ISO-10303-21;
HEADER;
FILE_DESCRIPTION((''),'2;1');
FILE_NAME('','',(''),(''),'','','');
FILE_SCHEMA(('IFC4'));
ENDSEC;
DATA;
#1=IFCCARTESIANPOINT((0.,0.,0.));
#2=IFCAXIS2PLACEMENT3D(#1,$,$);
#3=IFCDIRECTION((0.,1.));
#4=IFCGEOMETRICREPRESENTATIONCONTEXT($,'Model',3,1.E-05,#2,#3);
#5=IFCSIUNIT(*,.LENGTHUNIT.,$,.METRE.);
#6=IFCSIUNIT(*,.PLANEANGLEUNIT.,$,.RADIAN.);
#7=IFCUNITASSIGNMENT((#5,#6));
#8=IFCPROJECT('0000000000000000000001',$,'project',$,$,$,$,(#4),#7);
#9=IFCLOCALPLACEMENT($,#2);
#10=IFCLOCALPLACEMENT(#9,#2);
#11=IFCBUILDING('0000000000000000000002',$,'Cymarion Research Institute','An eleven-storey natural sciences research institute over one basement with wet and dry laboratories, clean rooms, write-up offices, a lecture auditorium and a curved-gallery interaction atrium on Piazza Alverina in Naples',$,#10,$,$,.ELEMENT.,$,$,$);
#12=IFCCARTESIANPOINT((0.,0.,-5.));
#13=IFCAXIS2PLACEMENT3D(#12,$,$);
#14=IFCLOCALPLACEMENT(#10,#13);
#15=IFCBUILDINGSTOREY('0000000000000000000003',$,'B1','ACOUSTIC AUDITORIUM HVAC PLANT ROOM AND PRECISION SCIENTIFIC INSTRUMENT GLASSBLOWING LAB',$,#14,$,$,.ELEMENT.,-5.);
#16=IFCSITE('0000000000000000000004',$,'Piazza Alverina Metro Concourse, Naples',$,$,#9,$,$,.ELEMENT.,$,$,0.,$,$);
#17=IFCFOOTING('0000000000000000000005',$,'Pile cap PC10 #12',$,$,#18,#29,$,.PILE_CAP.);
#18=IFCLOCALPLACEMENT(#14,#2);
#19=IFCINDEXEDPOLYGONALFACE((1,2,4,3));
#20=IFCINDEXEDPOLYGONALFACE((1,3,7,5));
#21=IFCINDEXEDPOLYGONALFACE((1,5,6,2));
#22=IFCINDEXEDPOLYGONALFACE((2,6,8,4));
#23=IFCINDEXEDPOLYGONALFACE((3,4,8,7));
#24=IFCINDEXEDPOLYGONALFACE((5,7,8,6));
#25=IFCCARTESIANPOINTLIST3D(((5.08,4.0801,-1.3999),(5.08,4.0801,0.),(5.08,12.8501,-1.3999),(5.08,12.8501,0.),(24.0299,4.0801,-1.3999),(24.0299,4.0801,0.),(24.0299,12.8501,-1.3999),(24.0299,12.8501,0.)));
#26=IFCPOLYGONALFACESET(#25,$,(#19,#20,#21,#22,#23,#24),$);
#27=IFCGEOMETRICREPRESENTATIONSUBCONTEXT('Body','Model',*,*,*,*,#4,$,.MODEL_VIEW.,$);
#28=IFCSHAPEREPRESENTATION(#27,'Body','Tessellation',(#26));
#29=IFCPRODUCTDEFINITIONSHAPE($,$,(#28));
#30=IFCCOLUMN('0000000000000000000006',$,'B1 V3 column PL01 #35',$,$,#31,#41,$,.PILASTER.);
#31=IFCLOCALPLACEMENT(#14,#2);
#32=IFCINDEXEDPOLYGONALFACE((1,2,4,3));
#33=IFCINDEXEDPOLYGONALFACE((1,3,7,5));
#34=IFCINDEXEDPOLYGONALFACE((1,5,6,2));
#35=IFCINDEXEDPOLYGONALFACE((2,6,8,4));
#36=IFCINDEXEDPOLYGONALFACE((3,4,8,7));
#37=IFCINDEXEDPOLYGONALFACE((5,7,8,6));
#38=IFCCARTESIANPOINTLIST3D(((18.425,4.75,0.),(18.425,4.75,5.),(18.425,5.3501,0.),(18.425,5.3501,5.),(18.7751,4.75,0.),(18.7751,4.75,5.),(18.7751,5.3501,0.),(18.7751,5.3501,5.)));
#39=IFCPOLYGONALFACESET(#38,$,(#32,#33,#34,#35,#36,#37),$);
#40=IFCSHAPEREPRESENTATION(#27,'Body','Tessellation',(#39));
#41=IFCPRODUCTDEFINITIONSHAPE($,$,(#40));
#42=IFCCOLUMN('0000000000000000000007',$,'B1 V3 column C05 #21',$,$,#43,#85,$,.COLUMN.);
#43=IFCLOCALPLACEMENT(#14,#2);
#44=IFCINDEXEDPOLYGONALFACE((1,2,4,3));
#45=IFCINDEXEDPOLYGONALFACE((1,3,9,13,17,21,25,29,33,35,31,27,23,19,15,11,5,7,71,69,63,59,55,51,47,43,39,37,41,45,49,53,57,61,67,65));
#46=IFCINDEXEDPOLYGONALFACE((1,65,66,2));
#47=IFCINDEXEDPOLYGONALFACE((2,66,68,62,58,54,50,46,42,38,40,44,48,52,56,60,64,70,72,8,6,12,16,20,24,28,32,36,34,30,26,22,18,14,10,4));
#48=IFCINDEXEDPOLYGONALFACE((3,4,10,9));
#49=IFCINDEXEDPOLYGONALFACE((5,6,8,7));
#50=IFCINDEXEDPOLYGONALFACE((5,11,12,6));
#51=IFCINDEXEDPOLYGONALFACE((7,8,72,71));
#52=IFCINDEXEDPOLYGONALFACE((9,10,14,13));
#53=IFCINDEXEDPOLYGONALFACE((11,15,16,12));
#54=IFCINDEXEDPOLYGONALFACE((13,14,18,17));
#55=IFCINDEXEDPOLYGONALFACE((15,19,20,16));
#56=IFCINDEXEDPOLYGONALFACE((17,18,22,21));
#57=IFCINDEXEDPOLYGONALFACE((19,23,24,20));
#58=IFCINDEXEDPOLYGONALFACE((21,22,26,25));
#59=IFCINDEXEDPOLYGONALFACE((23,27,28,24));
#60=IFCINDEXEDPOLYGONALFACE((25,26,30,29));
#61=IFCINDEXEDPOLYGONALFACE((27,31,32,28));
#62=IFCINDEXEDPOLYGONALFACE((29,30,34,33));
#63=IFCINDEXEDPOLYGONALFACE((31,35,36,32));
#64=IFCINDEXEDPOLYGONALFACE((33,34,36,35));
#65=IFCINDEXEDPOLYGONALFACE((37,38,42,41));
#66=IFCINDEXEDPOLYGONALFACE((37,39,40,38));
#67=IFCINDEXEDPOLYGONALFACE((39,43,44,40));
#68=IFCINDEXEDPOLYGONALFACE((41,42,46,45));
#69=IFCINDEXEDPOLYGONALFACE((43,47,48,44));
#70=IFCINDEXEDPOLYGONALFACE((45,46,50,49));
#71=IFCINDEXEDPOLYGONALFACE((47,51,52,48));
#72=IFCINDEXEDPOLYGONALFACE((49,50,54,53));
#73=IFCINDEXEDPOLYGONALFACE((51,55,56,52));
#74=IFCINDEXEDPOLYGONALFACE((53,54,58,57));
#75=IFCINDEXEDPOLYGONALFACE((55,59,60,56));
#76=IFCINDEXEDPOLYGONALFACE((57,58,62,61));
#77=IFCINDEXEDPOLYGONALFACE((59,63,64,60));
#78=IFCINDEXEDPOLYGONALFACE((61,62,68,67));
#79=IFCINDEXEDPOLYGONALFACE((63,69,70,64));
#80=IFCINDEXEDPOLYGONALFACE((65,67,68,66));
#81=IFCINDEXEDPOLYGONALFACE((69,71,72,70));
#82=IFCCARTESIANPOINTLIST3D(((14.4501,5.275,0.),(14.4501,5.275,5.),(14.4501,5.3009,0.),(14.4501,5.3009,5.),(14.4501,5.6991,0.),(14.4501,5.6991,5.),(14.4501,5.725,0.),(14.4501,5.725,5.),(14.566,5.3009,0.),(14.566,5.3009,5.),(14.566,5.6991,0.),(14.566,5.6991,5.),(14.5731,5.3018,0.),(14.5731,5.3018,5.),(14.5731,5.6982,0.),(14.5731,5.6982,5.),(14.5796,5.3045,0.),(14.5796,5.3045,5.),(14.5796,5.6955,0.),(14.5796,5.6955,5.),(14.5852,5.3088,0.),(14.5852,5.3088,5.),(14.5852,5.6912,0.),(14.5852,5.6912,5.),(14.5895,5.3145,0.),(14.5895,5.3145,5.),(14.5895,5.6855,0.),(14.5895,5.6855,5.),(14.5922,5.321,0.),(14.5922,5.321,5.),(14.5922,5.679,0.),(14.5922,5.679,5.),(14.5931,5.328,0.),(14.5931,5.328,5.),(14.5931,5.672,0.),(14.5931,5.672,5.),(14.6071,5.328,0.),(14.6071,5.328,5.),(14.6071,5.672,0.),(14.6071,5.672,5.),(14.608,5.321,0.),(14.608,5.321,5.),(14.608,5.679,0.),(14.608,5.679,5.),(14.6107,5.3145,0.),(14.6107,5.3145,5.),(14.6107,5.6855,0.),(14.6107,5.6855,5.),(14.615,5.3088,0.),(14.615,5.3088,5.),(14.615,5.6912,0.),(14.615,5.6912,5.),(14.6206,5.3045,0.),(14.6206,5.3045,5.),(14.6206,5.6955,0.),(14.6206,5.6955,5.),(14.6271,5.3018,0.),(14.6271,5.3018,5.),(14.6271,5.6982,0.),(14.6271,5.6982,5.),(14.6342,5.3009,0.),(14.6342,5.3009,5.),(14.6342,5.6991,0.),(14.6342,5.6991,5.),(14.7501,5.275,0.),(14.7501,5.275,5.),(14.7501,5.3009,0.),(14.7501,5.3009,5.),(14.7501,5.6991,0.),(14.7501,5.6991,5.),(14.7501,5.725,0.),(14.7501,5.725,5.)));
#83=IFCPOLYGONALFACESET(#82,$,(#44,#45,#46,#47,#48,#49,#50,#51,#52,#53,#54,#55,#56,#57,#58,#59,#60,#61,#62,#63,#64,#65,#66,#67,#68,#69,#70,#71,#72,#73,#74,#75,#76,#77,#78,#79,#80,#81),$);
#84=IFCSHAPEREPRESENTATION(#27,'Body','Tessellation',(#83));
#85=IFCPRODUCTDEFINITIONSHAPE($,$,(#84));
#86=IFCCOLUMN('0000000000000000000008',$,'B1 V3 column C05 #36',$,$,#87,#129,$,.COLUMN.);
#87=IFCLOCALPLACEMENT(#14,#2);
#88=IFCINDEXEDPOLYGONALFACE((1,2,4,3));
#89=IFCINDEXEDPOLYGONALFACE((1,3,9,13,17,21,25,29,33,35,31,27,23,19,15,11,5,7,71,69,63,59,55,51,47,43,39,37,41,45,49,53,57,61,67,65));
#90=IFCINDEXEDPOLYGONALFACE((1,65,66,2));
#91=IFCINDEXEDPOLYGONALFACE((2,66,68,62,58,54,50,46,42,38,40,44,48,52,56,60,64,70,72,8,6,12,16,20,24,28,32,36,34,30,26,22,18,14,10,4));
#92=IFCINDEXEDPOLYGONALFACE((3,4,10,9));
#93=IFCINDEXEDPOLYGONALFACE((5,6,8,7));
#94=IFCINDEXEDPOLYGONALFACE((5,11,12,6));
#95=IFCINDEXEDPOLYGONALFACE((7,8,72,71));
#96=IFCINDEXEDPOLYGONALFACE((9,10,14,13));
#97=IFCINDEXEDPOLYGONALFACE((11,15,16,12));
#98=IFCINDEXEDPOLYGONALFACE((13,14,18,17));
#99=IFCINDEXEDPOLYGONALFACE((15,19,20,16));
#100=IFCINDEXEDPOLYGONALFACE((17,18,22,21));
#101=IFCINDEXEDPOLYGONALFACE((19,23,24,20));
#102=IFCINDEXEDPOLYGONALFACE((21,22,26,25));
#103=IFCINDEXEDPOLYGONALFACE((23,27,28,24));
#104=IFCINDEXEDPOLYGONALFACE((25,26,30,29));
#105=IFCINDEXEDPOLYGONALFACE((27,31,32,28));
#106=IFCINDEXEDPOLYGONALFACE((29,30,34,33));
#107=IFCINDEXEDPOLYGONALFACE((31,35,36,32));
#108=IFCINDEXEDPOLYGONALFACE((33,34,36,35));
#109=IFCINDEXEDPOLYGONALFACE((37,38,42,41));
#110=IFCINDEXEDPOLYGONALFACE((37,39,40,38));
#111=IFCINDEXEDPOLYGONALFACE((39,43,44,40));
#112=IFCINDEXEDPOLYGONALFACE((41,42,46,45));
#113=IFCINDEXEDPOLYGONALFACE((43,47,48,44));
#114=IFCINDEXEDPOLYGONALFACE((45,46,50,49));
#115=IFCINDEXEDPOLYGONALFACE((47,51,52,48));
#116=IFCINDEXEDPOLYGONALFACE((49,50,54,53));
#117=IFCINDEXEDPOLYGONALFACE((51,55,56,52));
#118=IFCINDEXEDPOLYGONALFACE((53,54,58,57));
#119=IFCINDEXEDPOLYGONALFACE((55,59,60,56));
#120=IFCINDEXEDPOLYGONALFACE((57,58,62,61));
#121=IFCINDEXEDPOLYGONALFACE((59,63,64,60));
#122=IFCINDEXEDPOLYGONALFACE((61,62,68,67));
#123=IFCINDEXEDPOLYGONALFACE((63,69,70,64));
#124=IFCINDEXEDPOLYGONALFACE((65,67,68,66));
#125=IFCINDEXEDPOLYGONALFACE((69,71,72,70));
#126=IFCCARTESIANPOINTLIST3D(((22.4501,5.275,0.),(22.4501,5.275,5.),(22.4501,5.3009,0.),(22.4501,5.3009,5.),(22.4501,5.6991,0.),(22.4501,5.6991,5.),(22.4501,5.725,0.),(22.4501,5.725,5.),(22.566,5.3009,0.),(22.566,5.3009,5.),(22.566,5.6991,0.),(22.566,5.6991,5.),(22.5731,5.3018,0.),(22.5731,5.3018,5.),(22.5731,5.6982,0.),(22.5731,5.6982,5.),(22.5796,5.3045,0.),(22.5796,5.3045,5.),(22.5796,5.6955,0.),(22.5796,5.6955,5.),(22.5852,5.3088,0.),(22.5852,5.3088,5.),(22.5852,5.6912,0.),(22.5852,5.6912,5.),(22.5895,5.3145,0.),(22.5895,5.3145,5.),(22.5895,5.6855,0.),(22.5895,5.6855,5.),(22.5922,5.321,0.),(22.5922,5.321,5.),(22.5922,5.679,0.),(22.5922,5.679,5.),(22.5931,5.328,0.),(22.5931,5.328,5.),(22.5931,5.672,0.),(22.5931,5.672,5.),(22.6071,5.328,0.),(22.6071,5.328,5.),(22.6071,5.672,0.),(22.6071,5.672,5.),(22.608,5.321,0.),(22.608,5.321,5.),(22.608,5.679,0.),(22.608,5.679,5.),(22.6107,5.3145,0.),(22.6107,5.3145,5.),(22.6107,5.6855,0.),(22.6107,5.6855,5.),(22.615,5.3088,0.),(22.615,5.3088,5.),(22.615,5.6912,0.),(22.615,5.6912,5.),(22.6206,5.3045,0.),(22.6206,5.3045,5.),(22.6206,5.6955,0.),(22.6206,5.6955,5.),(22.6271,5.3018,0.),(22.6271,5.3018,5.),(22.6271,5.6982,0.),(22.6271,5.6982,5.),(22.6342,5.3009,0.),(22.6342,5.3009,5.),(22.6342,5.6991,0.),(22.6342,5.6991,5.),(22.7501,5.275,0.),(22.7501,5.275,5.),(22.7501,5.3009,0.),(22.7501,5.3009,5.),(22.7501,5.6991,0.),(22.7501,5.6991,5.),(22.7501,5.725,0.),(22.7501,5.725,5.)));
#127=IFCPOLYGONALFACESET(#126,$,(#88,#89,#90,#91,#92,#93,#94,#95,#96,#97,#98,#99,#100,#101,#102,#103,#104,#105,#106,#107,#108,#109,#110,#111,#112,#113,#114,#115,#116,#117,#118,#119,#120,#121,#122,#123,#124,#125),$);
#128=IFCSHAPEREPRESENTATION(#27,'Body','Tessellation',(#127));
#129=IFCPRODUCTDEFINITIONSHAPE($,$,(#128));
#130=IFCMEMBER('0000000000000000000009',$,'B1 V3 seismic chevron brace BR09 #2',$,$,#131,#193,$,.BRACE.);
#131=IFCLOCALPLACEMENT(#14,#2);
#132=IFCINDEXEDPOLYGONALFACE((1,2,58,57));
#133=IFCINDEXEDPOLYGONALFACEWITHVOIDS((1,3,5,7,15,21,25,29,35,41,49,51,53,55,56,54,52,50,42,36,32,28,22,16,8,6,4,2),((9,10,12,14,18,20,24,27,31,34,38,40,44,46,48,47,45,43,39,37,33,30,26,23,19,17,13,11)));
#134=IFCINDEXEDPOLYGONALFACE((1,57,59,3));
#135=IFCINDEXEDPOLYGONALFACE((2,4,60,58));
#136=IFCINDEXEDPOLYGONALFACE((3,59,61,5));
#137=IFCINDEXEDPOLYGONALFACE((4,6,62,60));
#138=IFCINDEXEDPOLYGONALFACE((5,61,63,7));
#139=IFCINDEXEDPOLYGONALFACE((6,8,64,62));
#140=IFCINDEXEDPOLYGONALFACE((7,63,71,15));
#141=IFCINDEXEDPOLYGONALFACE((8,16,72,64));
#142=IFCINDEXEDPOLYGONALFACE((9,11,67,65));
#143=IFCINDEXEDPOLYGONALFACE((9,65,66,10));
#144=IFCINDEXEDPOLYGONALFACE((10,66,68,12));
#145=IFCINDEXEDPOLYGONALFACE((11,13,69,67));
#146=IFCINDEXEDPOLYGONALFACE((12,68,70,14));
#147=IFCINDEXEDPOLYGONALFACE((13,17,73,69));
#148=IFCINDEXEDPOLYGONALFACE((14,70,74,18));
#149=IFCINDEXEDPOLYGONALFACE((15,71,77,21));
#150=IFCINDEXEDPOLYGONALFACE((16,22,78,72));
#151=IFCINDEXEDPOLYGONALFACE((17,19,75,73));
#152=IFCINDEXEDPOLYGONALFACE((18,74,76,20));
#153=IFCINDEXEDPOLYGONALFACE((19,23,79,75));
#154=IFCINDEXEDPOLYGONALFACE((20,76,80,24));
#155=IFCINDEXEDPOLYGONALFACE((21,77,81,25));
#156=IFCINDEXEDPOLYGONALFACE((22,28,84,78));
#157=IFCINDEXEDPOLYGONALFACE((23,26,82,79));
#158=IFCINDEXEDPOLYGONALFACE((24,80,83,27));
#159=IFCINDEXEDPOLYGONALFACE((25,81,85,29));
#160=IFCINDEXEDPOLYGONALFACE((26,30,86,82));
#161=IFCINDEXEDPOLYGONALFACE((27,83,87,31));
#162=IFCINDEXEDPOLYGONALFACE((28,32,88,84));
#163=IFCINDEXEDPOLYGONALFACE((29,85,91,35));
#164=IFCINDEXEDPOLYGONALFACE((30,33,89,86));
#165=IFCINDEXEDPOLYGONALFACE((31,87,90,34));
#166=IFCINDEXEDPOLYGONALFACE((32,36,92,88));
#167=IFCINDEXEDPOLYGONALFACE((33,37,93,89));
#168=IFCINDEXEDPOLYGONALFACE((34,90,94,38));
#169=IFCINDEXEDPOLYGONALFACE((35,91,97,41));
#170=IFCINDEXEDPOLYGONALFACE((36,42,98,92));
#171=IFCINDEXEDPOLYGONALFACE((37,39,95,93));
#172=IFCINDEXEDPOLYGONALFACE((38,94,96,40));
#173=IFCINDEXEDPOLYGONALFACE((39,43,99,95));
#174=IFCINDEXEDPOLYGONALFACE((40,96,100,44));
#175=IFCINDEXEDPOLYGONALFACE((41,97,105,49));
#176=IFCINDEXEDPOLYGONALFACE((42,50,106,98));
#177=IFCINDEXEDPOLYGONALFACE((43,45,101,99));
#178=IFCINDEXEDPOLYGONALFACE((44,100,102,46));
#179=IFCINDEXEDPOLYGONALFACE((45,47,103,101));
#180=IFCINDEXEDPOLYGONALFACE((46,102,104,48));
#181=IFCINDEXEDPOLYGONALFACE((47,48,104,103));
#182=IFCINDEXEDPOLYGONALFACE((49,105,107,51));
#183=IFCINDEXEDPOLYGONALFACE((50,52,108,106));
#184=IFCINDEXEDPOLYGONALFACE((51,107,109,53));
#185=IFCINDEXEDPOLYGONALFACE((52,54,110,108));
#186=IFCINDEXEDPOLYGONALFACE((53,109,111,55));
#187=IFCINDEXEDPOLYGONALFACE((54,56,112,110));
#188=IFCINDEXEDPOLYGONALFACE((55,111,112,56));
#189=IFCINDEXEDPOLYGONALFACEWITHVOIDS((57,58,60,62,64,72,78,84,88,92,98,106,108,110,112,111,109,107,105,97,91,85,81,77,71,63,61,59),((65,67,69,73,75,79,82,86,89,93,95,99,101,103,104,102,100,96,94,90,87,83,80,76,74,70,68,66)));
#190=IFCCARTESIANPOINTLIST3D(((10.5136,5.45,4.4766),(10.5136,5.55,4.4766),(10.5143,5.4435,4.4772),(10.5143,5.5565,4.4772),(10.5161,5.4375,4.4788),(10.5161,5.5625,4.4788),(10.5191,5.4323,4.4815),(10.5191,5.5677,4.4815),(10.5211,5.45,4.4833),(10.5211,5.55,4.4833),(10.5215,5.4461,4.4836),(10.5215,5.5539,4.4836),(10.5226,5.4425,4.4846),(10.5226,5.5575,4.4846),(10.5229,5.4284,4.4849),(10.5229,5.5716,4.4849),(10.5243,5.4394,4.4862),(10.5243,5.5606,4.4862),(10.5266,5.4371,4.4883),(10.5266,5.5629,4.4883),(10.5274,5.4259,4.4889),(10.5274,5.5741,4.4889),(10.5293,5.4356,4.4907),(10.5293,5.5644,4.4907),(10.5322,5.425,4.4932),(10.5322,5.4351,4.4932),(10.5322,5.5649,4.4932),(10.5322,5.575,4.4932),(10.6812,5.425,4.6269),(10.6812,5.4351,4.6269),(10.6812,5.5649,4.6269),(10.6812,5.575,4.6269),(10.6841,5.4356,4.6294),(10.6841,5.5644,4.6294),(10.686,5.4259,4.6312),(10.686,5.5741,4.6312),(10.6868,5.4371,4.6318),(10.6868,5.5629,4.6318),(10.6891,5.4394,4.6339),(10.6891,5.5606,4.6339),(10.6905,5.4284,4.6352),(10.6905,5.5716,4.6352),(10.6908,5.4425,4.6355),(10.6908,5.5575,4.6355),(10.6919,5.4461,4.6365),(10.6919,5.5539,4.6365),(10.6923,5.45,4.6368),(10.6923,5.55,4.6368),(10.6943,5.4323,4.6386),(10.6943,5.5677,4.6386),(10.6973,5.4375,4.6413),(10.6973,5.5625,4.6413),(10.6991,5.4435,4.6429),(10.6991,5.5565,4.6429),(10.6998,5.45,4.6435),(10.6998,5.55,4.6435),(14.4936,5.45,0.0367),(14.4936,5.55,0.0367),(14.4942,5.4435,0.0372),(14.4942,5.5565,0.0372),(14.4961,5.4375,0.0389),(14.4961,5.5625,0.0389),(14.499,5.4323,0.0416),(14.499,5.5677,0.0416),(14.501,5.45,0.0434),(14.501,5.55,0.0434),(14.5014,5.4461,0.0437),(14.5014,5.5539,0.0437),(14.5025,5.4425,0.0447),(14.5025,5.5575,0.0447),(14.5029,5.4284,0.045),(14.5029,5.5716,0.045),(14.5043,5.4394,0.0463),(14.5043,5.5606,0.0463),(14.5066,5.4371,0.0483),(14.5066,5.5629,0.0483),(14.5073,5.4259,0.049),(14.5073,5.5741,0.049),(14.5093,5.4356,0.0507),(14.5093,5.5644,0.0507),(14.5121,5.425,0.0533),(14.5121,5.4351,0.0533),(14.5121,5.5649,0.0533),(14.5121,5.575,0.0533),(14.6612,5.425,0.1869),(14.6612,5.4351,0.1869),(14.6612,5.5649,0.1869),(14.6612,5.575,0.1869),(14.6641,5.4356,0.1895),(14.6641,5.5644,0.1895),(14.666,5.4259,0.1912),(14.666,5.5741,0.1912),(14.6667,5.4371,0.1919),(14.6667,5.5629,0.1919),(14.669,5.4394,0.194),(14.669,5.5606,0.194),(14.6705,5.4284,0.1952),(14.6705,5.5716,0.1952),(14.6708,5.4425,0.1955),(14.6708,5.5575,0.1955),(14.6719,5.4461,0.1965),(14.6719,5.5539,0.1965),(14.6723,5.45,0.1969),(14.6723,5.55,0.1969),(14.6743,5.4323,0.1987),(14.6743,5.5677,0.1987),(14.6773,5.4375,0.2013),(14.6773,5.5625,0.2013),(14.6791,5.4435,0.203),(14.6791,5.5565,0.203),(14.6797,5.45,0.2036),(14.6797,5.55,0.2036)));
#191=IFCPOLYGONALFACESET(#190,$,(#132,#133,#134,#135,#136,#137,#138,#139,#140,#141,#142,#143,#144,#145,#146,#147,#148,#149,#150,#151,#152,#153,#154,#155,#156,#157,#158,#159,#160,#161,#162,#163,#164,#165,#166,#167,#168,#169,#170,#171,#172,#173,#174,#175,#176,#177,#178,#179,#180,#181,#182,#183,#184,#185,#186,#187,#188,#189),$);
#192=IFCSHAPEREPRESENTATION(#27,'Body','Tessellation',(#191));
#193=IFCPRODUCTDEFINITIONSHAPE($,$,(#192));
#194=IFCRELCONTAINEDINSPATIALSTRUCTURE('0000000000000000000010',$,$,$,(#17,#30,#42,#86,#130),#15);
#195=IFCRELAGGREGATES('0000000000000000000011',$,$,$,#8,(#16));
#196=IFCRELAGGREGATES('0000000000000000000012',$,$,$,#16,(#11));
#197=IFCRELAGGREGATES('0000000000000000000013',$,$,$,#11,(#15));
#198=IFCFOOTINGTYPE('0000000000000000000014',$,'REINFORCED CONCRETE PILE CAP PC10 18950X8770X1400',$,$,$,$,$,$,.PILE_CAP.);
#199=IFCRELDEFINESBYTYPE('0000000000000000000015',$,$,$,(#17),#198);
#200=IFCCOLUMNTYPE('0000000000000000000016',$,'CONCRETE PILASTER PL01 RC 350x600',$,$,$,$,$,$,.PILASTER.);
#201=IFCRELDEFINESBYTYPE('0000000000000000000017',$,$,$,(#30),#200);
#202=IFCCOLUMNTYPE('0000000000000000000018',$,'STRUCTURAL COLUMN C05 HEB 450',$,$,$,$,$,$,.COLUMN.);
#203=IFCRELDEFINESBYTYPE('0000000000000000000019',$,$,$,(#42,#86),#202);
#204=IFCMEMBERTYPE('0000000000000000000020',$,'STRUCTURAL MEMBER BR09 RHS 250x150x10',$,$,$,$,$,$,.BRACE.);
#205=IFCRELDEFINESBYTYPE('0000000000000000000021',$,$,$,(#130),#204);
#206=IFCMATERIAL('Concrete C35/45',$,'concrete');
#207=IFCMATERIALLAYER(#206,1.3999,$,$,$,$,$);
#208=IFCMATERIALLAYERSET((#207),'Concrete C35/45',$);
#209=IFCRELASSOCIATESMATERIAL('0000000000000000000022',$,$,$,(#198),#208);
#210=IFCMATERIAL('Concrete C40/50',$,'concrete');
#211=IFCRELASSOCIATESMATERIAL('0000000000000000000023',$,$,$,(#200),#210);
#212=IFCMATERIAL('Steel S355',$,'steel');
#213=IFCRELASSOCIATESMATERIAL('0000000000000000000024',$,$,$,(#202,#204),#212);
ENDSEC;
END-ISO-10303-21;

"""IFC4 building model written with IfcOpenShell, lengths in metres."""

from ifc_helpers import new_model, si_unit, direction, frame, origin, origin_2d, place, context, subcontext, project, spatial, rectangle, hollow_rectangle, i_section, extrude, material, layer, layer_set, material_profile, profile_set, type_object, element, save


model = new_model("IFC4")

# Units and contexts
model_context = context("Model", 3, precision=1e-05, world=origin(), true_north=direction((0.0, 1.0)))
body_context = subcontext(model_context, "Body", "Model", "MODEL_VIEW")
ifc_project = project(units=[si_unit("LENGTHUNIT", "METRE"), si_unit("PLANEANGLEUNIT", "RADIAN")], contexts=[model_context])

# Site, building, storey
site_placement = place(None, origin())
site = spatial("IfcSite", under=ifc_project, at=site_placement, Name="Piazza Alverina Metro Concourse, Naples", CompositionType="ELEMENT", RefElevation=0.0)
building_placement = place(site_placement, origin())
building = spatial("IfcBuilding", under=site, at=building_placement, Name="Cymarion Research Institute", Description="An eleven-storey natural sciences research institute over one basement with wet and dry laboratories, clean rooms, write-up offices, a lecture auditorium and a curved-gallery interaction atrium on Piazza Alverina in Naples", CompositionType="ELEMENT")
storey_placement = place(building_placement, frame((0.0, 0.0, -5.0)))
storey = spatial("IfcBuildingStorey", under=building, at=storey_placement, Name="B1", Description="ACOUSTIC AUDITORIUM HVAC PLANT ROOM AND PRECISION SCIENTIFIC INSTRUMENT GLASSBLOWING LAB", CompositionType="ELEMENT", Elevation=-5.0)

# Shared definitions
ifc_material_1 = material(Name="Concrete C35/45", Category="concrete")

# Footing
ifc_layer_1 = layer(ifc_material_1, 1.3999)
ifc_layer_set_1 = layer_set([ifc_layer_1], Name="Concrete C35/45")
footing_type = type_object("IfcFootingType", Name="REINFORCED CONCRETE PILE CAP PC10 18950X8770X1400", PredefinedType="PILE_CAP", material=ifc_layer_set_1)
footing_placement = place(storey_placement, frame((14.5549, 8.4651, -1.3999), z_axis=(0.0, 0.0, 1.0), x_axis=(1.0, 0.0, 0.0)))
element("IfcFooting", 1, at=footing_placement, inside=storey, type_object=footing_type, Name="Pile cap PC10 #12", PredefinedType="PILE_CAP", context=body_context, shape_type="SweptSolid", body=[
    extrude(rectangle(XDim=18.95, YDim=8.77, at=origin_2d()), origin(), (0.0, 0.0, 1.0), 1.3999),
])

# Columns
ifc_material_2 = material(Name="Concrete C40/50", Category="concrete")
ifc_material_profile_1 = material_profile(ifc_material_2, rectangle(XDim=0.3501, YDim=0.6001, at=origin_2d()), Name="RC 350x600")
ifc_profile_set_1 = profile_set([ifc_material_profile_1], Name="Concrete C40/50")
column_type_1 = type_object("IfcColumnType", Name="CONCRETE PILASTER PL01 RC 350x600", PredefinedType="PILASTER", material=ifc_profile_set_1)
column_placement = place(storey_placement, frame((18.6001, 5.05, 0.0), z_axis=(0.0, 0.0, 1.0), x_axis=(1.0, 0.0, 0.0)))
element("IfcColumn", 2, at=column_placement, inside=storey, type_object=column_type_1, Name="B1 V3 column PL01 #35", PredefinedType="PILASTER", context=body_context, shape_type="SweptSolid", body=[
    extrude(rectangle(XDim=0.3501, YDim=0.6001, at=origin_2d()), origin(), (0.0, 0.0, 1.0), 5.0),
])
ifc_material_3 = material(Name="Steel S355", Category="steel")
ifc_material_profile_2 = material_profile(ifc_material_3, i_section(OverallWidth=0.3, OverallDepth=0.45, WebThickness=0.0139, FlangeThickness=0.0259, FilletRadius=0.0271, at=origin_2d()), Name="HEB 450")
ifc_profile_set_2 = profile_set([ifc_material_profile_2], Name="Steel S355")
column_type_2 = type_object("IfcColumnType", Name="STRUCTURAL COLUMN C05 HEB 450", PredefinedType="COLUMN", material=ifc_profile_set_2)
for number, where, z_axis, x_axis, name in (
    (3, (14.6001, 5.5, 0.0), (0.0, 0.0, 1.0), (1.0, 0.0, 0.0), "B1 V3 column C05 #21"),
    (4, (22.6001, 5.5, 0.0), (0.0, 0.0, 1.0), (1.0, 0.0, 0.0), "B1 V3 column C05 #36"),
):
    element("IfcColumn", number, at=place(storey_placement, frame(where, z_axis=z_axis, x_axis=x_axis)), inside=storey, type_object=column_type_2, Name=name, PredefinedType="COLUMN", context=body_context, shape_type="SweptSolid", body=[
        extrude(i_section(OverallWidth=0.3, OverallDepth=0.45, WebThickness=0.0139, FlangeThickness=0.0259, FilletRadius=0.0271, at=origin_2d()), origin(), (0.0, 0.0, 1.0), 5.0),
    ])

# Member
ifc_material_profile_3 = material_profile(ifc_material_3, hollow_rectangle(XDim=0.1499, YDim=0.25, WallThickness=0.01, InnerFilletRadius=0.0149, OuterFilletRadius=0.0249, at=origin_2d()), Name="RHS 250x150x10")
ifc_profile_set_3 = profile_set([ifc_material_profile_3], Name="Steel S355")
member_type = type_object("IfcMemberType", Name="STRUCTURAL MEMBER BR09 RHS 250x150x10", PredefinedType="BRACE", material=ifc_profile_set_3)
member_placement = place(storey_placement, frame((14.5867, 5.5, 0.1201), z_axis=(-0.667484, 0.0, 0.744624), x_axis=(0.0, -1.0, 0.0)))
element("IfcMember", 5, at=member_placement, inside=storey, type_object=member_type, Name="B1 V3 seismic chevron brace BR09 #2", PredefinedType="BRACE", context=body_context, shape_type="SweptSolid", body=[
    extrude(hollow_rectangle(XDim=0.1499, YDim=0.25, WallThickness=0.01, InnerFilletRadius=0.0149, OuterFilletRadius=0.0249, at=origin_2d()), origin(), (0.0, 0.0, 1.0), 5.9626),
])

save(model, "model.ifc")
